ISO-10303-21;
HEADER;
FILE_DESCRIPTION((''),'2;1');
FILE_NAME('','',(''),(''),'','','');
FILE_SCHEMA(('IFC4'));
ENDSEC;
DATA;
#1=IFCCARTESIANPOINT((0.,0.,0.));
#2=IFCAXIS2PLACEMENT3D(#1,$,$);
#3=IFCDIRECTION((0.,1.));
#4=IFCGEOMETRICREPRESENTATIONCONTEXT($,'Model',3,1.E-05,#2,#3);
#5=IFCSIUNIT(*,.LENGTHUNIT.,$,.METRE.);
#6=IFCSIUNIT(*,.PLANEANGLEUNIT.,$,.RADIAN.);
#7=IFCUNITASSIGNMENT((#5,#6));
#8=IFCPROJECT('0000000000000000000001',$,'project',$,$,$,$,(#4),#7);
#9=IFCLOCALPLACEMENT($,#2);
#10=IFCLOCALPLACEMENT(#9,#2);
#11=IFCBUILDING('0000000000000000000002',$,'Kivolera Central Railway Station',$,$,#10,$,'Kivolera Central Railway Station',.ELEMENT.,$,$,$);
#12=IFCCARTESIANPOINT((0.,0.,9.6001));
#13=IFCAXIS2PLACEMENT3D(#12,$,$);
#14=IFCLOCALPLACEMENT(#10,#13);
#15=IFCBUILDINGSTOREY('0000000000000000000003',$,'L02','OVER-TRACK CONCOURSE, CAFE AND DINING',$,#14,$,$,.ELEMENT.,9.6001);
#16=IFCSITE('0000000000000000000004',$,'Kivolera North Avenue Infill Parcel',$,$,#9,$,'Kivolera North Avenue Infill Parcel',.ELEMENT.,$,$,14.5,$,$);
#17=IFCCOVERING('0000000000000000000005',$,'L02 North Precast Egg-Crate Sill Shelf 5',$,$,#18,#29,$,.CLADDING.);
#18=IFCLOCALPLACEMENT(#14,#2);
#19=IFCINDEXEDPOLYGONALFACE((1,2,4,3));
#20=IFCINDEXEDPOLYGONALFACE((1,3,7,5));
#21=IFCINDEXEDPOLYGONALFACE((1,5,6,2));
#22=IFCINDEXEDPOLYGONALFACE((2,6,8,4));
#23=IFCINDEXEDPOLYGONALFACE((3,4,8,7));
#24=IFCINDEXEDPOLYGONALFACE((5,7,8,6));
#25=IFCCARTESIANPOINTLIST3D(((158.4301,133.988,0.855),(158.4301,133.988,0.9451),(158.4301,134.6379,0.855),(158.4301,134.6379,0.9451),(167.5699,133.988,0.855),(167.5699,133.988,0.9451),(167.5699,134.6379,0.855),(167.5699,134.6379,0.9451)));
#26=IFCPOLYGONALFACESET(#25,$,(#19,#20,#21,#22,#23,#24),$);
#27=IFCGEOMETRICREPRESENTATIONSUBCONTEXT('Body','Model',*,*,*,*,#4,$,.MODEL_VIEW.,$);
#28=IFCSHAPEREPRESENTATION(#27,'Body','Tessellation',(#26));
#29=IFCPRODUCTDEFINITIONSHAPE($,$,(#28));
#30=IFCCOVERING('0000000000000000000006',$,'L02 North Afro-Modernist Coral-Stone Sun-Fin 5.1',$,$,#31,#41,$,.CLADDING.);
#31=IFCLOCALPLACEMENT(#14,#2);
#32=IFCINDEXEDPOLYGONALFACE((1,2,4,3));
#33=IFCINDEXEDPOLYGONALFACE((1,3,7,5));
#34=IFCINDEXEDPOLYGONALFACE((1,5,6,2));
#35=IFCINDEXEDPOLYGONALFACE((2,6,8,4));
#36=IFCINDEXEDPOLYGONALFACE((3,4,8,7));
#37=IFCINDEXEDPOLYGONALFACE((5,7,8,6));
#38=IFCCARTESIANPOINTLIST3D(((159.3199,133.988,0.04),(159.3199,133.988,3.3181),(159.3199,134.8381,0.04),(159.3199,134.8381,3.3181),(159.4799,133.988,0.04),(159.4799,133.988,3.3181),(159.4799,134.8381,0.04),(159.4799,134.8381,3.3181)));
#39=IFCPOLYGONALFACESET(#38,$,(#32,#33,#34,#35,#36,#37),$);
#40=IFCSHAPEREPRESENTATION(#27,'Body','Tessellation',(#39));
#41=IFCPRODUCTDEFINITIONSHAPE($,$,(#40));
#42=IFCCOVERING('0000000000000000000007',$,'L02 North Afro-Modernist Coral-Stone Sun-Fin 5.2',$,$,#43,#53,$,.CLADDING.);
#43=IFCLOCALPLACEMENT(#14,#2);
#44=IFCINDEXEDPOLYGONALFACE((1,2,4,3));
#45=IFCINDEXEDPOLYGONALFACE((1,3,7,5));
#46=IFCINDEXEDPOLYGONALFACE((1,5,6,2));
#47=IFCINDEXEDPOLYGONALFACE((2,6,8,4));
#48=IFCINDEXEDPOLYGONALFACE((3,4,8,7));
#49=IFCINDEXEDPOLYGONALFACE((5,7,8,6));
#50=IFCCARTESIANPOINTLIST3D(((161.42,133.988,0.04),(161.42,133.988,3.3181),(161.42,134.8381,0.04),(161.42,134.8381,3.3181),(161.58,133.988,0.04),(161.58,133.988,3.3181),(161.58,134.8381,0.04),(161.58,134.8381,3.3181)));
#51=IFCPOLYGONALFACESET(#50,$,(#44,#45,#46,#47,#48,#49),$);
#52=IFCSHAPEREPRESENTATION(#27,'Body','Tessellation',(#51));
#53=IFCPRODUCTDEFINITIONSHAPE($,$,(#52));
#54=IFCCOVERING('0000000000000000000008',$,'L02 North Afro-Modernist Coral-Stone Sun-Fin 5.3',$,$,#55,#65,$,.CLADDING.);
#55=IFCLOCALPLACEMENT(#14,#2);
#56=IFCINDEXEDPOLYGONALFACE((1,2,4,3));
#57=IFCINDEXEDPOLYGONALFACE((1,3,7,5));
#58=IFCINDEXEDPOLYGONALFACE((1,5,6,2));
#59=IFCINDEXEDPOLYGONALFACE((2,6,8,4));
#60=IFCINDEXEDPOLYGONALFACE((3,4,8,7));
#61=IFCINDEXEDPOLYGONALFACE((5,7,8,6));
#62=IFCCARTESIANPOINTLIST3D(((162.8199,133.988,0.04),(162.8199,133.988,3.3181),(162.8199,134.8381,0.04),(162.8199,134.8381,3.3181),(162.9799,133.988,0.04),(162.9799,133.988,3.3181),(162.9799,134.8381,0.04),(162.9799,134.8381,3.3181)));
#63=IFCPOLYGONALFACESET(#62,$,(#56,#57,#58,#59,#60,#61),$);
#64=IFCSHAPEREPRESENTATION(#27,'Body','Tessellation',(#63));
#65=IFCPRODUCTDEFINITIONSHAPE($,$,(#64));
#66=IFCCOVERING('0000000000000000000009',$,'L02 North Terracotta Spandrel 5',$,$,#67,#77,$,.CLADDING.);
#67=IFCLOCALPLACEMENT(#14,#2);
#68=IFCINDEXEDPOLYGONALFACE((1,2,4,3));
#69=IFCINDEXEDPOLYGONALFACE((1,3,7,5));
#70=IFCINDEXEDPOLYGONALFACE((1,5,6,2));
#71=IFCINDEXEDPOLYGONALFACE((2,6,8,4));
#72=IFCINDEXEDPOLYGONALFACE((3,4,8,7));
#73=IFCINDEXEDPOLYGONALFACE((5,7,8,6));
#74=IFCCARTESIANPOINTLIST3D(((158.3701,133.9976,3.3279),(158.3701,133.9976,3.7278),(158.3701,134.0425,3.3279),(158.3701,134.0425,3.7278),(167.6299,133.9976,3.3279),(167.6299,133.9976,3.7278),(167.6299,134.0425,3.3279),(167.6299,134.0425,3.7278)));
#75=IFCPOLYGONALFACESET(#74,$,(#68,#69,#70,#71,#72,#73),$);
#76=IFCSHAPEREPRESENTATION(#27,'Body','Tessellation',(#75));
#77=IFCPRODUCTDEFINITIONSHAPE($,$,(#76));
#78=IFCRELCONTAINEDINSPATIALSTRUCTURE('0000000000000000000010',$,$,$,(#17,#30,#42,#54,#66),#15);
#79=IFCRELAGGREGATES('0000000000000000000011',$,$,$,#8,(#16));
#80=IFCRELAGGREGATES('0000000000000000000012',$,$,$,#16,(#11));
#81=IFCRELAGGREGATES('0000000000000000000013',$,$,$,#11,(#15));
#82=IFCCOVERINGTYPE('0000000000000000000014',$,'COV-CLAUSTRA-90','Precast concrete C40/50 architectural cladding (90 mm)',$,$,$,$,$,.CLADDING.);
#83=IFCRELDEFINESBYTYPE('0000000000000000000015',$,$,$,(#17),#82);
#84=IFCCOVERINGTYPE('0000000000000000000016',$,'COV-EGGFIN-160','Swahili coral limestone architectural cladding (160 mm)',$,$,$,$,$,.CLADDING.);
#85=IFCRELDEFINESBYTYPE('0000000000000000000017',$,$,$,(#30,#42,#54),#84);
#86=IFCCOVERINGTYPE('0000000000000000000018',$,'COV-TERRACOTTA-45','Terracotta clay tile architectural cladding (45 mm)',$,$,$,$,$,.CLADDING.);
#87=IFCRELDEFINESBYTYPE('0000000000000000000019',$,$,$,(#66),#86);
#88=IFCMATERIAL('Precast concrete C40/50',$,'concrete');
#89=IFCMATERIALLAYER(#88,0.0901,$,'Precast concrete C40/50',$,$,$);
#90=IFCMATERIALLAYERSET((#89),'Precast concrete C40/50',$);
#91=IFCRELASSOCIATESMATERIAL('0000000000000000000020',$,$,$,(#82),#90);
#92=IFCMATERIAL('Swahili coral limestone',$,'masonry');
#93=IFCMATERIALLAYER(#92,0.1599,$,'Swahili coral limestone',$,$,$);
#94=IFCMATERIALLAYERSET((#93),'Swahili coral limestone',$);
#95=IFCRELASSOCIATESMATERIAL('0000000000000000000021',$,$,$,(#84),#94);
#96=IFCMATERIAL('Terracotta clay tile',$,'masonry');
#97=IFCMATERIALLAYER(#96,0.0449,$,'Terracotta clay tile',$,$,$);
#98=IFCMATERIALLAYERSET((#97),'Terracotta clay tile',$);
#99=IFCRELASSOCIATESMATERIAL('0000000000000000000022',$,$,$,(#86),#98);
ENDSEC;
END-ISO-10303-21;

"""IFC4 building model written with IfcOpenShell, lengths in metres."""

from ifc_helpers import new_model, si_unit, direction, frame, frame_2d, origin, origin_2d, place, context, subcontext, project, spatial, rectangle, extrude, material, layer, layer_set, type_object, element, save


model = new_model("IFC4")

# Units and contexts
model_context = context("Model", 3, precision=1e-05, world=origin(), true_north=direction((0.0, 1.0)))
body_context = subcontext(model_context, "Body", "Model", "MODEL_VIEW")
ifc_project = project(units=[si_unit("LENGTHUNIT", "METRE"), si_unit("PLANEANGLEUNIT", "RADIAN")], contexts=[model_context])

# Site, building, storey
site_placement = place(None, origin())
site = spatial("IfcSite", under=ifc_project, at=site_placement, Name="Kivolera North Avenue Infill Parcel", LongName="Kivolera North Avenue Infill Parcel", CompositionType="ELEMENT", RefElevation=14.5)
building_placement = place(site_placement, origin())
building = spatial("IfcBuilding", under=site, at=building_placement, Name="Kivolera Central Railway Station", LongName="Kivolera Central Railway Station", CompositionType="ELEMENT")
storey_placement = place(building_placement, frame((0.0, 0.0, 9.6001)))
storey = spatial("IfcBuildingStorey", under=building, at=storey_placement, Name="L02", Description="OVER-TRACK CONCOURSE, CAFE AND DINING", CompositionType="ELEMENT", Elevation=9.6001)

# Shared definitions
ifc_material_1 = material(Name="Swahili coral limestone", Category="masonry")

# Shared definitions
ifc_material_2 = material(Name="Precast concrete C40/50", Category="concrete")

# Coverings
ifc_layer_1 = layer(ifc_material_2, 0.0901, Name="Precast concrete C40/50")
ifc_layer_set_1 = layer_set([ifc_layer_1], Name="Precast concrete C40/50")
covering_type_1 = type_object("IfcCoveringType", Name="COV-CLAUSTRA-90", Description="Precast concrete C40/50 architectural cladding (90 mm)", PredefinedType="CLADDING", material=ifc_layer_set_1)
covering_1_placement = place(storey_placement, frame((163.0, 134.313, 0.855), z_axis=(0.0, 0.0, 1.0), x_axis=(1.0, 0.0, 0.0)))
element("IfcCovering", 1, at=covering_1_placement, inside=storey, type_object=covering_type_1, Name="L02 North Precast Egg-Crate Sill Shelf 5", PredefinedType="CLADDING", context=body_context, shape_type="SweptSolid", body=[
    extrude(rectangle(XDim=9.1399, YDim=0.6499, at=origin_2d()), origin(), (0.0, 0.0, 1.0), 0.0901),
])
ifc_layer_2 = layer(ifc_material_1, 0.1599, Name="Swahili coral limestone")
ifc_layer_set_2 = layer_set([ifc_layer_2], Name="Swahili coral limestone")
covering_type_2 = type_object("IfcCoveringType", Name="COV-EGGFIN-160", Description="Swahili coral limestone architectural cladding (160 mm)", PredefinedType="CLADDING", material=ifc_layer_set_2)
for number, where, z_axis, x_axis, name in (
    (2, (159.3999, 134.4131, 0.04), (0.0, 0.0, 1.0), (1.0, 0.0, 0.0), "L02 North Afro-Modernist Coral-Stone Sun-Fin 5.1"),
    (3, (161.5, 134.4131, 0.04), (0.0, 0.0, 1.0), (1.0, 0.0, 0.0), "L02 North Afro-Modernist Coral-Stone Sun-Fin 5.2"),
    (4, (162.8999, 134.4131, 0.04), (0.0, 0.0, 1.0), (1.0, 0.0, 0.0), "L02 North Afro-Modernist Coral-Stone Sun-Fin 5.3"),
):
    element("IfcCovering", number, at=place(storey_placement, frame(where, z_axis=z_axis, x_axis=x_axis)), inside=storey, type_object=covering_type_2, Name=name, PredefinedType="CLADDING", context=body_context, shape_type="SweptSolid", body=[
        extrude(rectangle(XDim=0.1599, YDim=0.8501, at=origin_2d()), origin(), (0.0, 0.0, 1.0), 3.2781),
    ])
ifc_material_3 = material(Name="Terracotta clay tile", Category="masonry")
ifc_layer_3 = layer(ifc_material_3, 0.0449, Name="Terracotta clay tile")
ifc_layer_set_3 = layer_set([ifc_layer_3], Name="Terracotta clay tile")
covering_type_3 = type_object("IfcCoveringType", Name="COV-TERRACOTTA-45", Description="Terracotta clay tile architectural cladding (45 mm)", PredefinedType="CLADDING", material=ifc_layer_set_3)
covering_2_placement = place(storey_placement, frame((158.3701, 134.02, 3.3279), z_axis=(0.0, 0.0, 1.0), x_axis=(1.0, 0.0, 0.0)))
element("IfcCovering", 5, at=covering_2_placement, inside=storey, type_object=covering_type_3, Name="L02 North Terracotta Spandrel 5", PredefinedType="CLADDING", context=body_context, shape_type="SweptSolid", body=[
    extrude(rectangle(XDim=9.2598, YDim=0.0449, at=frame_2d((4.6299, 0.0))), origin(), (0.0, 0.0, 1.0), 0.3999),
])

save(model, "model.ifc")
